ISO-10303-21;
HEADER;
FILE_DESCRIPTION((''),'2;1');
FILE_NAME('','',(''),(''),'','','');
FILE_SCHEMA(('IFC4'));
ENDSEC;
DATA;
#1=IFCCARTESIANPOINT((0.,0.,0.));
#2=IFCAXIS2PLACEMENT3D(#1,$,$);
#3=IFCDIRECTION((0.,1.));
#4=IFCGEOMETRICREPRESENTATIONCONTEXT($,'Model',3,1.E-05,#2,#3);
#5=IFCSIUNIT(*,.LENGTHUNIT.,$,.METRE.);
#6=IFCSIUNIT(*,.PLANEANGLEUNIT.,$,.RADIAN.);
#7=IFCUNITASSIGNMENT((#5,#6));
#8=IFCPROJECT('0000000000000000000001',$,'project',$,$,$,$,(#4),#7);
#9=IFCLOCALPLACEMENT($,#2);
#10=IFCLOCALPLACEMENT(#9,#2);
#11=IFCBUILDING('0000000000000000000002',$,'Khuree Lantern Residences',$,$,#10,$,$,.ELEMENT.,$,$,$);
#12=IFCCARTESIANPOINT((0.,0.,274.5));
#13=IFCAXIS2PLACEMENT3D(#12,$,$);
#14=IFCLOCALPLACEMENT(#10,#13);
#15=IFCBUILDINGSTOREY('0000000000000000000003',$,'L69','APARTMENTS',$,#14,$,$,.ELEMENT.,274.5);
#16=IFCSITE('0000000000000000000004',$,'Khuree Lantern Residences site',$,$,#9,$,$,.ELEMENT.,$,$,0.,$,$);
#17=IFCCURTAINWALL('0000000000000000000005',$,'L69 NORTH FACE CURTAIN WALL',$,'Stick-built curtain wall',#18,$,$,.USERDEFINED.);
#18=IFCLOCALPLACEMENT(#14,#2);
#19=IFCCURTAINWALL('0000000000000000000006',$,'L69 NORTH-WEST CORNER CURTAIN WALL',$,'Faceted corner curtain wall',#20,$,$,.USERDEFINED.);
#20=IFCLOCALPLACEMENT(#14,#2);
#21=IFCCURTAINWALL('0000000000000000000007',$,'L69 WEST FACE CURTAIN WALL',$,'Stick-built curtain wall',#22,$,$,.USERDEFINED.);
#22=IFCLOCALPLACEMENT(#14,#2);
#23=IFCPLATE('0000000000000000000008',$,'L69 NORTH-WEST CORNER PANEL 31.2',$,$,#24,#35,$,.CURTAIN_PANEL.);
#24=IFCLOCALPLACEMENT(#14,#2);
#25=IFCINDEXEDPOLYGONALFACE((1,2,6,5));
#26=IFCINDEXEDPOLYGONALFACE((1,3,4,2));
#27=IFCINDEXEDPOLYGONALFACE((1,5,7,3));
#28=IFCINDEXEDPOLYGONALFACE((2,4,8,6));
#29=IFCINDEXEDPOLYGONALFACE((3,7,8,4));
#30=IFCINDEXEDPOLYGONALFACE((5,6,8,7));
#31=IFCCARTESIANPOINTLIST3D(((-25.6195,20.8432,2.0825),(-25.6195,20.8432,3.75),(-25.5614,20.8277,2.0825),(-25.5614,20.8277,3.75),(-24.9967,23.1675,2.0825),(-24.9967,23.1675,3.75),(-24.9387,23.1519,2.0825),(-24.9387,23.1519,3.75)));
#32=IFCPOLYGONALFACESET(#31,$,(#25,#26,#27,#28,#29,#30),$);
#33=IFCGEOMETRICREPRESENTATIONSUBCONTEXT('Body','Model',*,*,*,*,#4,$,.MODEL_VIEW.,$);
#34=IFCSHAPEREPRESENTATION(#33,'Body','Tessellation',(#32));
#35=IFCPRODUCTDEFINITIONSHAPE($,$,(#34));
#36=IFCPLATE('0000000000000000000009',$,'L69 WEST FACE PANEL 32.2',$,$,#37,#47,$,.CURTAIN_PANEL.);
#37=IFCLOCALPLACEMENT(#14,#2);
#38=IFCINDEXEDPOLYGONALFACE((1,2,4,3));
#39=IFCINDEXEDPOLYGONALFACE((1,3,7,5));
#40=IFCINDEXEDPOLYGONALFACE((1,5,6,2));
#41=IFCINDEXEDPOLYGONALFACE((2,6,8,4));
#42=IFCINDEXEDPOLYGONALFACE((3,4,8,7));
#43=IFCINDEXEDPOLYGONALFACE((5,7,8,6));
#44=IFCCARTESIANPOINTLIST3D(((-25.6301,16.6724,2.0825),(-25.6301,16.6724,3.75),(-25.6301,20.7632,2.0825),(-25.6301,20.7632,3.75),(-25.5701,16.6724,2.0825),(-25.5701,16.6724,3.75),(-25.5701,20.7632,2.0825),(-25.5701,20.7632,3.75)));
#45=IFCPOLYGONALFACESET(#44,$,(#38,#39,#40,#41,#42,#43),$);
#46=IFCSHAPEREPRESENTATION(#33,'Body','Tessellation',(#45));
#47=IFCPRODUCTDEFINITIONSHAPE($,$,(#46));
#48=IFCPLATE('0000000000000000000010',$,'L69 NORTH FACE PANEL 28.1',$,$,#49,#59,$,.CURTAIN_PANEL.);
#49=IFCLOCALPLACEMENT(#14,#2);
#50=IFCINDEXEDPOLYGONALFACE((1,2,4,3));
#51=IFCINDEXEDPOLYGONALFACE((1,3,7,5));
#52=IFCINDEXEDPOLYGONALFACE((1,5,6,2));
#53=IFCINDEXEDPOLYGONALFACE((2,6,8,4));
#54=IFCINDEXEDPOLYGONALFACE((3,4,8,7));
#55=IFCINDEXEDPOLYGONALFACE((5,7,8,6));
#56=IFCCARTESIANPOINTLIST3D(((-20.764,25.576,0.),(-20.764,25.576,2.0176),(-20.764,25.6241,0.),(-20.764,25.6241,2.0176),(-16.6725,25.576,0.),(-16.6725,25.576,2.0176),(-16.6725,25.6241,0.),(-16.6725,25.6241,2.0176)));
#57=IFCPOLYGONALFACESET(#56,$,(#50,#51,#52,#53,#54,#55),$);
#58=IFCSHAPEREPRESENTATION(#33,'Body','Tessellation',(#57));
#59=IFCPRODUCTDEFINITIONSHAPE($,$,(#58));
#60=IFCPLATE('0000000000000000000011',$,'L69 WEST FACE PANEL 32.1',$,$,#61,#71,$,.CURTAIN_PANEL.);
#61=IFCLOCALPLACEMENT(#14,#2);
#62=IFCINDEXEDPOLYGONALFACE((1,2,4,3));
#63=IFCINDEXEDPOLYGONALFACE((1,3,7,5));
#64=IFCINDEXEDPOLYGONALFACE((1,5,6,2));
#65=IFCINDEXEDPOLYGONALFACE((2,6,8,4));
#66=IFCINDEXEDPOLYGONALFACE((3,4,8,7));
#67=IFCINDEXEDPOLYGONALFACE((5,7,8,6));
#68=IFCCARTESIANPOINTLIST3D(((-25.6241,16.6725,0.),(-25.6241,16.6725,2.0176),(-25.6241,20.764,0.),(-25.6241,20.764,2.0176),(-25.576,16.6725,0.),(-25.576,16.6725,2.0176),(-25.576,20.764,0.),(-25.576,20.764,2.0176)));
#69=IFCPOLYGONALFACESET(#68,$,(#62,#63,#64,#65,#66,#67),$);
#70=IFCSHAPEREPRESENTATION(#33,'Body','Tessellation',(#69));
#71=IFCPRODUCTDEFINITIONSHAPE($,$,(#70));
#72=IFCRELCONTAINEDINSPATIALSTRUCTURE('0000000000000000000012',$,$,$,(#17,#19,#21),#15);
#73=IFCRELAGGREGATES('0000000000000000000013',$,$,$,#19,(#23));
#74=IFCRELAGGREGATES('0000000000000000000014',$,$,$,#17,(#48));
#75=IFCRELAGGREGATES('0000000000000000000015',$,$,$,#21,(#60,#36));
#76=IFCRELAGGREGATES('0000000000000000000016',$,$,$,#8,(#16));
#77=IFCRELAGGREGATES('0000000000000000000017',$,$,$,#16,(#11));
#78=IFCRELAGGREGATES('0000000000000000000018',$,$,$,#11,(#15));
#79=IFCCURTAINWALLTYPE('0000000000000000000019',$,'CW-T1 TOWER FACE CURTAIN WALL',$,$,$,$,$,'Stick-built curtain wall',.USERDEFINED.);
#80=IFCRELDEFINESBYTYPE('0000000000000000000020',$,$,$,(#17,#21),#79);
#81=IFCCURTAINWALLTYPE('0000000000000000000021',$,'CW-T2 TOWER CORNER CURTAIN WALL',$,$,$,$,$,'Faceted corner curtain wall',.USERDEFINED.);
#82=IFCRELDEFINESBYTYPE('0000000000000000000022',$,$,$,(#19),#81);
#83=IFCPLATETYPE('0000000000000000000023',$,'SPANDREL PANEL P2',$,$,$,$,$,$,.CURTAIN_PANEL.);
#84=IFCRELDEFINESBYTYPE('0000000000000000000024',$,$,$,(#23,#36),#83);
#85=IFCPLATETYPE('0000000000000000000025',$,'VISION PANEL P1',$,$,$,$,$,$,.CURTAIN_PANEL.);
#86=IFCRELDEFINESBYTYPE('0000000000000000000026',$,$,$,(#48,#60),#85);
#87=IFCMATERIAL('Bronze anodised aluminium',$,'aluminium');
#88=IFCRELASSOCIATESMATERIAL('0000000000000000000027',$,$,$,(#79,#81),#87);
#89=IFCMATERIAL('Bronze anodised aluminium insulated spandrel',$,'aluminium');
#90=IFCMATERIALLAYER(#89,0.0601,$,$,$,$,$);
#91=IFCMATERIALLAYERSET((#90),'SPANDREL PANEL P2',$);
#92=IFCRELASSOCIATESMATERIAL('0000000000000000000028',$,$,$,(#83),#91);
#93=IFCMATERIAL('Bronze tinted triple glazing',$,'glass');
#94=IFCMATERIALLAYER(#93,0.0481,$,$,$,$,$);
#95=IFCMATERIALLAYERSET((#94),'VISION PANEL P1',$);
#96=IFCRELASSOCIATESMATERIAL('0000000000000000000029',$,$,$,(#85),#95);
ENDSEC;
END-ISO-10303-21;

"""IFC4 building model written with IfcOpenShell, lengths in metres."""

from ifc_helpers import new_model, si_unit, direction, frame, origin, origin_2d, place, context, subcontext, project, spatial, rectangle, extrude, material, layer, layer_set, type_object, element, aggregate, save


model = new_model("IFC4")

# Units and contexts
model_context = context("Model", 3, precision=1e-05, world=origin(), true_north=direction((0.0, 1.0)))
body_context = subcontext(model_context, "Body", "Model", "MODEL_VIEW")
ifc_project = project(units=[si_unit("LENGTHUNIT", "METRE"), si_unit("PLANEANGLEUNIT", "RADIAN")], contexts=[model_context])

# Site, building, storey
site_placement = place(None, origin())
site = spatial("IfcSite", under=ifc_project, at=site_placement, Name="Khuree Lantern Residences site", CompositionType="ELEMENT", RefElevation=0.0)
building_placement = place(site_placement, origin())
building = spatial("IfcBuilding", under=site, at=building_placement, Name="Khuree Lantern Residences", CompositionType="ELEMENT")
storey_placement = place(building_placement, frame((0.0, 0.0, 274.5)))
storey = spatial("IfcBuildingStorey", under=building, at=storey_placement, Name="L69", Description="APARTMENTS", CompositionType="ELEMENT", Elevation=274.5)

# Curtain walls
ifc_material_1 = material(Name="Bronze anodised aluminium", Category="aluminium")
curtain_wall_type_1 = type_object("IfcCurtainWallType", Name="CW-T1 TOWER FACE CURTAIN WALL", ElementType="Stick-built curtain wall", PredefinedType="USERDEFINED", material=ifc_material_1)
curtain_wall_1_placement = place(storey_placement, origin())
curtain_wall_1 = element("IfcCurtainWall", 1, at=curtain_wall_1_placement, inside=storey, type_object=curtain_wall_type_1, Name="L69 NORTH FACE CURTAIN WALL", ObjectType="Stick-built curtain wall", PredefinedType="USERDEFINED")
curtain_wall_type_2 = type_object("IfcCurtainWallType", Name="CW-T2 TOWER CORNER CURTAIN WALL", ElementType="Faceted corner curtain wall", PredefinedType="USERDEFINED", material=ifc_material_1)
curtain_wall_2_placement = place(storey_placement, origin())
curtain_wall_2 = element("IfcCurtainWall", 2, at=curtain_wall_2_placement, inside=storey, type_object=curtain_wall_type_2, Name="L69 NORTH-WEST CORNER CURTAIN WALL", ObjectType="Faceted corner curtain wall", PredefinedType="USERDEFINED")

# Curtain wall
curtain_wall_3_placement = place(storey_placement, origin())
curtain_wall_3 = element("IfcCurtainWall", 3, at=curtain_wall_3_placement, inside=storey, type_object=curtain_wall_type_1, Name="L69 WEST FACE CURTAIN WALL", ObjectType="Stick-built curtain wall", PredefinedType="USERDEFINED")

# Plates
ifc_material_2 = material(Name="Bronze tinted triple glazing", Category="glass")
ifc_material_3 = material(Name="Bronze anodised aluminium insulated spandrel", Category="aluminium")
ifc_layer_1 = layer(ifc_material_3, 0.0601)
ifc_layer_set_1 = layer_set([ifc_layer_1], Name="SPANDREL PANEL P2")
plate_type_1 = type_object("IfcPlateType", Name="SPANDREL PANEL P2", PredefinedType="CURTAIN_PANEL", material=ifc_layer_set_1)
plate_1_placement = place(storey_placement, frame((-25.2791, 21.9976, 2.0825), z_axis=(0.0, 0.0, 1.0), x_axis=(-0.258819, -0.965926, 0.0)))
plate_1 = element("IfcPlate", 4, at=plate_1_placement, type_object=plate_type_1, Name="L69 NORTH-WEST CORNER PANEL 31.2", PredefinedType="CURTAIN_PANEL", context=body_context, shape_type="SweptSolid", body=[
    extrude(rectangle(XDim=2.4062, YDim=0.0601, at=origin_2d()), origin(), (0.0, 0.0, 1.0), 1.6675),
])
aggregate(curtain_wall_2, [plate_1])
plate_2_placement = place(storey_placement, frame((-25.6001, 18.7178, 2.0825), z_axis=(0.0, 0.0, 1.0), x_axis=(0.0, -1.0, 0.0)))
plate_2 = element("IfcPlate", 5, at=plate_2_placement, type_object=plate_type_1, Name="L69 WEST FACE PANEL 32.2", PredefinedType="CURTAIN_PANEL", context=body_context, shape_type="SweptSolid", body=[
    extrude(rectangle(XDim=4.0908, YDim=0.0601, at=origin_2d()), origin(), (0.0, 0.0, 1.0), 1.6675),
])
ifc_layer_2 = layer(ifc_material_2, 0.0481)
ifc_layer_set_2 = layer_set([ifc_layer_2], Name="VISION PANEL P1")
plate_type_2 = type_object("IfcPlateType", Name="VISION PANEL P1", PredefinedType="CURTAIN_PANEL", material=ifc_layer_set_2)
plate_3_placement = place(storey_placement, frame((-18.7183, 25.6001, 0.0), z_axis=(0.0, 0.0, 1.0), x_axis=(-1.0, 0.0, 0.0)))
plate_3 = element("IfcPlate", 6, at=plate_3_placement, type_object=plate_type_2, Name="L69 NORTH FACE PANEL 28.1", PredefinedType="CURTAIN_PANEL", context=body_context, shape_type="SweptSolid", body=[
    extrude(rectangle(XDim=4.0916, YDim=0.0481, at=origin_2d()), origin(), (0.0, 0.0, 1.0), 2.0176),
])
aggregate(curtain_wall_1, [plate_3])
plate_4_placement = place(storey_placement, frame((-25.6001, 18.7183, 0.0), z_axis=(0.0, 0.0, 1.0), x_axis=(0.0, -1.0, 0.0)))
plate_4 = element("IfcPlate", 7, at=plate_4_placement, type_object=plate_type_2, Name="L69 WEST FACE PANEL 32.1", PredefinedType="CURTAIN_PANEL", context=body_context, shape_type="SweptSolid", body=[
    extrude(rectangle(XDim=4.0916, YDim=0.0481, at=origin_2d()), origin(), (0.0, 0.0, 1.0), 2.0176),
])
aggregate(curtain_wall_3, [plate_4, plate_2])

save(model, "model.ifc")
